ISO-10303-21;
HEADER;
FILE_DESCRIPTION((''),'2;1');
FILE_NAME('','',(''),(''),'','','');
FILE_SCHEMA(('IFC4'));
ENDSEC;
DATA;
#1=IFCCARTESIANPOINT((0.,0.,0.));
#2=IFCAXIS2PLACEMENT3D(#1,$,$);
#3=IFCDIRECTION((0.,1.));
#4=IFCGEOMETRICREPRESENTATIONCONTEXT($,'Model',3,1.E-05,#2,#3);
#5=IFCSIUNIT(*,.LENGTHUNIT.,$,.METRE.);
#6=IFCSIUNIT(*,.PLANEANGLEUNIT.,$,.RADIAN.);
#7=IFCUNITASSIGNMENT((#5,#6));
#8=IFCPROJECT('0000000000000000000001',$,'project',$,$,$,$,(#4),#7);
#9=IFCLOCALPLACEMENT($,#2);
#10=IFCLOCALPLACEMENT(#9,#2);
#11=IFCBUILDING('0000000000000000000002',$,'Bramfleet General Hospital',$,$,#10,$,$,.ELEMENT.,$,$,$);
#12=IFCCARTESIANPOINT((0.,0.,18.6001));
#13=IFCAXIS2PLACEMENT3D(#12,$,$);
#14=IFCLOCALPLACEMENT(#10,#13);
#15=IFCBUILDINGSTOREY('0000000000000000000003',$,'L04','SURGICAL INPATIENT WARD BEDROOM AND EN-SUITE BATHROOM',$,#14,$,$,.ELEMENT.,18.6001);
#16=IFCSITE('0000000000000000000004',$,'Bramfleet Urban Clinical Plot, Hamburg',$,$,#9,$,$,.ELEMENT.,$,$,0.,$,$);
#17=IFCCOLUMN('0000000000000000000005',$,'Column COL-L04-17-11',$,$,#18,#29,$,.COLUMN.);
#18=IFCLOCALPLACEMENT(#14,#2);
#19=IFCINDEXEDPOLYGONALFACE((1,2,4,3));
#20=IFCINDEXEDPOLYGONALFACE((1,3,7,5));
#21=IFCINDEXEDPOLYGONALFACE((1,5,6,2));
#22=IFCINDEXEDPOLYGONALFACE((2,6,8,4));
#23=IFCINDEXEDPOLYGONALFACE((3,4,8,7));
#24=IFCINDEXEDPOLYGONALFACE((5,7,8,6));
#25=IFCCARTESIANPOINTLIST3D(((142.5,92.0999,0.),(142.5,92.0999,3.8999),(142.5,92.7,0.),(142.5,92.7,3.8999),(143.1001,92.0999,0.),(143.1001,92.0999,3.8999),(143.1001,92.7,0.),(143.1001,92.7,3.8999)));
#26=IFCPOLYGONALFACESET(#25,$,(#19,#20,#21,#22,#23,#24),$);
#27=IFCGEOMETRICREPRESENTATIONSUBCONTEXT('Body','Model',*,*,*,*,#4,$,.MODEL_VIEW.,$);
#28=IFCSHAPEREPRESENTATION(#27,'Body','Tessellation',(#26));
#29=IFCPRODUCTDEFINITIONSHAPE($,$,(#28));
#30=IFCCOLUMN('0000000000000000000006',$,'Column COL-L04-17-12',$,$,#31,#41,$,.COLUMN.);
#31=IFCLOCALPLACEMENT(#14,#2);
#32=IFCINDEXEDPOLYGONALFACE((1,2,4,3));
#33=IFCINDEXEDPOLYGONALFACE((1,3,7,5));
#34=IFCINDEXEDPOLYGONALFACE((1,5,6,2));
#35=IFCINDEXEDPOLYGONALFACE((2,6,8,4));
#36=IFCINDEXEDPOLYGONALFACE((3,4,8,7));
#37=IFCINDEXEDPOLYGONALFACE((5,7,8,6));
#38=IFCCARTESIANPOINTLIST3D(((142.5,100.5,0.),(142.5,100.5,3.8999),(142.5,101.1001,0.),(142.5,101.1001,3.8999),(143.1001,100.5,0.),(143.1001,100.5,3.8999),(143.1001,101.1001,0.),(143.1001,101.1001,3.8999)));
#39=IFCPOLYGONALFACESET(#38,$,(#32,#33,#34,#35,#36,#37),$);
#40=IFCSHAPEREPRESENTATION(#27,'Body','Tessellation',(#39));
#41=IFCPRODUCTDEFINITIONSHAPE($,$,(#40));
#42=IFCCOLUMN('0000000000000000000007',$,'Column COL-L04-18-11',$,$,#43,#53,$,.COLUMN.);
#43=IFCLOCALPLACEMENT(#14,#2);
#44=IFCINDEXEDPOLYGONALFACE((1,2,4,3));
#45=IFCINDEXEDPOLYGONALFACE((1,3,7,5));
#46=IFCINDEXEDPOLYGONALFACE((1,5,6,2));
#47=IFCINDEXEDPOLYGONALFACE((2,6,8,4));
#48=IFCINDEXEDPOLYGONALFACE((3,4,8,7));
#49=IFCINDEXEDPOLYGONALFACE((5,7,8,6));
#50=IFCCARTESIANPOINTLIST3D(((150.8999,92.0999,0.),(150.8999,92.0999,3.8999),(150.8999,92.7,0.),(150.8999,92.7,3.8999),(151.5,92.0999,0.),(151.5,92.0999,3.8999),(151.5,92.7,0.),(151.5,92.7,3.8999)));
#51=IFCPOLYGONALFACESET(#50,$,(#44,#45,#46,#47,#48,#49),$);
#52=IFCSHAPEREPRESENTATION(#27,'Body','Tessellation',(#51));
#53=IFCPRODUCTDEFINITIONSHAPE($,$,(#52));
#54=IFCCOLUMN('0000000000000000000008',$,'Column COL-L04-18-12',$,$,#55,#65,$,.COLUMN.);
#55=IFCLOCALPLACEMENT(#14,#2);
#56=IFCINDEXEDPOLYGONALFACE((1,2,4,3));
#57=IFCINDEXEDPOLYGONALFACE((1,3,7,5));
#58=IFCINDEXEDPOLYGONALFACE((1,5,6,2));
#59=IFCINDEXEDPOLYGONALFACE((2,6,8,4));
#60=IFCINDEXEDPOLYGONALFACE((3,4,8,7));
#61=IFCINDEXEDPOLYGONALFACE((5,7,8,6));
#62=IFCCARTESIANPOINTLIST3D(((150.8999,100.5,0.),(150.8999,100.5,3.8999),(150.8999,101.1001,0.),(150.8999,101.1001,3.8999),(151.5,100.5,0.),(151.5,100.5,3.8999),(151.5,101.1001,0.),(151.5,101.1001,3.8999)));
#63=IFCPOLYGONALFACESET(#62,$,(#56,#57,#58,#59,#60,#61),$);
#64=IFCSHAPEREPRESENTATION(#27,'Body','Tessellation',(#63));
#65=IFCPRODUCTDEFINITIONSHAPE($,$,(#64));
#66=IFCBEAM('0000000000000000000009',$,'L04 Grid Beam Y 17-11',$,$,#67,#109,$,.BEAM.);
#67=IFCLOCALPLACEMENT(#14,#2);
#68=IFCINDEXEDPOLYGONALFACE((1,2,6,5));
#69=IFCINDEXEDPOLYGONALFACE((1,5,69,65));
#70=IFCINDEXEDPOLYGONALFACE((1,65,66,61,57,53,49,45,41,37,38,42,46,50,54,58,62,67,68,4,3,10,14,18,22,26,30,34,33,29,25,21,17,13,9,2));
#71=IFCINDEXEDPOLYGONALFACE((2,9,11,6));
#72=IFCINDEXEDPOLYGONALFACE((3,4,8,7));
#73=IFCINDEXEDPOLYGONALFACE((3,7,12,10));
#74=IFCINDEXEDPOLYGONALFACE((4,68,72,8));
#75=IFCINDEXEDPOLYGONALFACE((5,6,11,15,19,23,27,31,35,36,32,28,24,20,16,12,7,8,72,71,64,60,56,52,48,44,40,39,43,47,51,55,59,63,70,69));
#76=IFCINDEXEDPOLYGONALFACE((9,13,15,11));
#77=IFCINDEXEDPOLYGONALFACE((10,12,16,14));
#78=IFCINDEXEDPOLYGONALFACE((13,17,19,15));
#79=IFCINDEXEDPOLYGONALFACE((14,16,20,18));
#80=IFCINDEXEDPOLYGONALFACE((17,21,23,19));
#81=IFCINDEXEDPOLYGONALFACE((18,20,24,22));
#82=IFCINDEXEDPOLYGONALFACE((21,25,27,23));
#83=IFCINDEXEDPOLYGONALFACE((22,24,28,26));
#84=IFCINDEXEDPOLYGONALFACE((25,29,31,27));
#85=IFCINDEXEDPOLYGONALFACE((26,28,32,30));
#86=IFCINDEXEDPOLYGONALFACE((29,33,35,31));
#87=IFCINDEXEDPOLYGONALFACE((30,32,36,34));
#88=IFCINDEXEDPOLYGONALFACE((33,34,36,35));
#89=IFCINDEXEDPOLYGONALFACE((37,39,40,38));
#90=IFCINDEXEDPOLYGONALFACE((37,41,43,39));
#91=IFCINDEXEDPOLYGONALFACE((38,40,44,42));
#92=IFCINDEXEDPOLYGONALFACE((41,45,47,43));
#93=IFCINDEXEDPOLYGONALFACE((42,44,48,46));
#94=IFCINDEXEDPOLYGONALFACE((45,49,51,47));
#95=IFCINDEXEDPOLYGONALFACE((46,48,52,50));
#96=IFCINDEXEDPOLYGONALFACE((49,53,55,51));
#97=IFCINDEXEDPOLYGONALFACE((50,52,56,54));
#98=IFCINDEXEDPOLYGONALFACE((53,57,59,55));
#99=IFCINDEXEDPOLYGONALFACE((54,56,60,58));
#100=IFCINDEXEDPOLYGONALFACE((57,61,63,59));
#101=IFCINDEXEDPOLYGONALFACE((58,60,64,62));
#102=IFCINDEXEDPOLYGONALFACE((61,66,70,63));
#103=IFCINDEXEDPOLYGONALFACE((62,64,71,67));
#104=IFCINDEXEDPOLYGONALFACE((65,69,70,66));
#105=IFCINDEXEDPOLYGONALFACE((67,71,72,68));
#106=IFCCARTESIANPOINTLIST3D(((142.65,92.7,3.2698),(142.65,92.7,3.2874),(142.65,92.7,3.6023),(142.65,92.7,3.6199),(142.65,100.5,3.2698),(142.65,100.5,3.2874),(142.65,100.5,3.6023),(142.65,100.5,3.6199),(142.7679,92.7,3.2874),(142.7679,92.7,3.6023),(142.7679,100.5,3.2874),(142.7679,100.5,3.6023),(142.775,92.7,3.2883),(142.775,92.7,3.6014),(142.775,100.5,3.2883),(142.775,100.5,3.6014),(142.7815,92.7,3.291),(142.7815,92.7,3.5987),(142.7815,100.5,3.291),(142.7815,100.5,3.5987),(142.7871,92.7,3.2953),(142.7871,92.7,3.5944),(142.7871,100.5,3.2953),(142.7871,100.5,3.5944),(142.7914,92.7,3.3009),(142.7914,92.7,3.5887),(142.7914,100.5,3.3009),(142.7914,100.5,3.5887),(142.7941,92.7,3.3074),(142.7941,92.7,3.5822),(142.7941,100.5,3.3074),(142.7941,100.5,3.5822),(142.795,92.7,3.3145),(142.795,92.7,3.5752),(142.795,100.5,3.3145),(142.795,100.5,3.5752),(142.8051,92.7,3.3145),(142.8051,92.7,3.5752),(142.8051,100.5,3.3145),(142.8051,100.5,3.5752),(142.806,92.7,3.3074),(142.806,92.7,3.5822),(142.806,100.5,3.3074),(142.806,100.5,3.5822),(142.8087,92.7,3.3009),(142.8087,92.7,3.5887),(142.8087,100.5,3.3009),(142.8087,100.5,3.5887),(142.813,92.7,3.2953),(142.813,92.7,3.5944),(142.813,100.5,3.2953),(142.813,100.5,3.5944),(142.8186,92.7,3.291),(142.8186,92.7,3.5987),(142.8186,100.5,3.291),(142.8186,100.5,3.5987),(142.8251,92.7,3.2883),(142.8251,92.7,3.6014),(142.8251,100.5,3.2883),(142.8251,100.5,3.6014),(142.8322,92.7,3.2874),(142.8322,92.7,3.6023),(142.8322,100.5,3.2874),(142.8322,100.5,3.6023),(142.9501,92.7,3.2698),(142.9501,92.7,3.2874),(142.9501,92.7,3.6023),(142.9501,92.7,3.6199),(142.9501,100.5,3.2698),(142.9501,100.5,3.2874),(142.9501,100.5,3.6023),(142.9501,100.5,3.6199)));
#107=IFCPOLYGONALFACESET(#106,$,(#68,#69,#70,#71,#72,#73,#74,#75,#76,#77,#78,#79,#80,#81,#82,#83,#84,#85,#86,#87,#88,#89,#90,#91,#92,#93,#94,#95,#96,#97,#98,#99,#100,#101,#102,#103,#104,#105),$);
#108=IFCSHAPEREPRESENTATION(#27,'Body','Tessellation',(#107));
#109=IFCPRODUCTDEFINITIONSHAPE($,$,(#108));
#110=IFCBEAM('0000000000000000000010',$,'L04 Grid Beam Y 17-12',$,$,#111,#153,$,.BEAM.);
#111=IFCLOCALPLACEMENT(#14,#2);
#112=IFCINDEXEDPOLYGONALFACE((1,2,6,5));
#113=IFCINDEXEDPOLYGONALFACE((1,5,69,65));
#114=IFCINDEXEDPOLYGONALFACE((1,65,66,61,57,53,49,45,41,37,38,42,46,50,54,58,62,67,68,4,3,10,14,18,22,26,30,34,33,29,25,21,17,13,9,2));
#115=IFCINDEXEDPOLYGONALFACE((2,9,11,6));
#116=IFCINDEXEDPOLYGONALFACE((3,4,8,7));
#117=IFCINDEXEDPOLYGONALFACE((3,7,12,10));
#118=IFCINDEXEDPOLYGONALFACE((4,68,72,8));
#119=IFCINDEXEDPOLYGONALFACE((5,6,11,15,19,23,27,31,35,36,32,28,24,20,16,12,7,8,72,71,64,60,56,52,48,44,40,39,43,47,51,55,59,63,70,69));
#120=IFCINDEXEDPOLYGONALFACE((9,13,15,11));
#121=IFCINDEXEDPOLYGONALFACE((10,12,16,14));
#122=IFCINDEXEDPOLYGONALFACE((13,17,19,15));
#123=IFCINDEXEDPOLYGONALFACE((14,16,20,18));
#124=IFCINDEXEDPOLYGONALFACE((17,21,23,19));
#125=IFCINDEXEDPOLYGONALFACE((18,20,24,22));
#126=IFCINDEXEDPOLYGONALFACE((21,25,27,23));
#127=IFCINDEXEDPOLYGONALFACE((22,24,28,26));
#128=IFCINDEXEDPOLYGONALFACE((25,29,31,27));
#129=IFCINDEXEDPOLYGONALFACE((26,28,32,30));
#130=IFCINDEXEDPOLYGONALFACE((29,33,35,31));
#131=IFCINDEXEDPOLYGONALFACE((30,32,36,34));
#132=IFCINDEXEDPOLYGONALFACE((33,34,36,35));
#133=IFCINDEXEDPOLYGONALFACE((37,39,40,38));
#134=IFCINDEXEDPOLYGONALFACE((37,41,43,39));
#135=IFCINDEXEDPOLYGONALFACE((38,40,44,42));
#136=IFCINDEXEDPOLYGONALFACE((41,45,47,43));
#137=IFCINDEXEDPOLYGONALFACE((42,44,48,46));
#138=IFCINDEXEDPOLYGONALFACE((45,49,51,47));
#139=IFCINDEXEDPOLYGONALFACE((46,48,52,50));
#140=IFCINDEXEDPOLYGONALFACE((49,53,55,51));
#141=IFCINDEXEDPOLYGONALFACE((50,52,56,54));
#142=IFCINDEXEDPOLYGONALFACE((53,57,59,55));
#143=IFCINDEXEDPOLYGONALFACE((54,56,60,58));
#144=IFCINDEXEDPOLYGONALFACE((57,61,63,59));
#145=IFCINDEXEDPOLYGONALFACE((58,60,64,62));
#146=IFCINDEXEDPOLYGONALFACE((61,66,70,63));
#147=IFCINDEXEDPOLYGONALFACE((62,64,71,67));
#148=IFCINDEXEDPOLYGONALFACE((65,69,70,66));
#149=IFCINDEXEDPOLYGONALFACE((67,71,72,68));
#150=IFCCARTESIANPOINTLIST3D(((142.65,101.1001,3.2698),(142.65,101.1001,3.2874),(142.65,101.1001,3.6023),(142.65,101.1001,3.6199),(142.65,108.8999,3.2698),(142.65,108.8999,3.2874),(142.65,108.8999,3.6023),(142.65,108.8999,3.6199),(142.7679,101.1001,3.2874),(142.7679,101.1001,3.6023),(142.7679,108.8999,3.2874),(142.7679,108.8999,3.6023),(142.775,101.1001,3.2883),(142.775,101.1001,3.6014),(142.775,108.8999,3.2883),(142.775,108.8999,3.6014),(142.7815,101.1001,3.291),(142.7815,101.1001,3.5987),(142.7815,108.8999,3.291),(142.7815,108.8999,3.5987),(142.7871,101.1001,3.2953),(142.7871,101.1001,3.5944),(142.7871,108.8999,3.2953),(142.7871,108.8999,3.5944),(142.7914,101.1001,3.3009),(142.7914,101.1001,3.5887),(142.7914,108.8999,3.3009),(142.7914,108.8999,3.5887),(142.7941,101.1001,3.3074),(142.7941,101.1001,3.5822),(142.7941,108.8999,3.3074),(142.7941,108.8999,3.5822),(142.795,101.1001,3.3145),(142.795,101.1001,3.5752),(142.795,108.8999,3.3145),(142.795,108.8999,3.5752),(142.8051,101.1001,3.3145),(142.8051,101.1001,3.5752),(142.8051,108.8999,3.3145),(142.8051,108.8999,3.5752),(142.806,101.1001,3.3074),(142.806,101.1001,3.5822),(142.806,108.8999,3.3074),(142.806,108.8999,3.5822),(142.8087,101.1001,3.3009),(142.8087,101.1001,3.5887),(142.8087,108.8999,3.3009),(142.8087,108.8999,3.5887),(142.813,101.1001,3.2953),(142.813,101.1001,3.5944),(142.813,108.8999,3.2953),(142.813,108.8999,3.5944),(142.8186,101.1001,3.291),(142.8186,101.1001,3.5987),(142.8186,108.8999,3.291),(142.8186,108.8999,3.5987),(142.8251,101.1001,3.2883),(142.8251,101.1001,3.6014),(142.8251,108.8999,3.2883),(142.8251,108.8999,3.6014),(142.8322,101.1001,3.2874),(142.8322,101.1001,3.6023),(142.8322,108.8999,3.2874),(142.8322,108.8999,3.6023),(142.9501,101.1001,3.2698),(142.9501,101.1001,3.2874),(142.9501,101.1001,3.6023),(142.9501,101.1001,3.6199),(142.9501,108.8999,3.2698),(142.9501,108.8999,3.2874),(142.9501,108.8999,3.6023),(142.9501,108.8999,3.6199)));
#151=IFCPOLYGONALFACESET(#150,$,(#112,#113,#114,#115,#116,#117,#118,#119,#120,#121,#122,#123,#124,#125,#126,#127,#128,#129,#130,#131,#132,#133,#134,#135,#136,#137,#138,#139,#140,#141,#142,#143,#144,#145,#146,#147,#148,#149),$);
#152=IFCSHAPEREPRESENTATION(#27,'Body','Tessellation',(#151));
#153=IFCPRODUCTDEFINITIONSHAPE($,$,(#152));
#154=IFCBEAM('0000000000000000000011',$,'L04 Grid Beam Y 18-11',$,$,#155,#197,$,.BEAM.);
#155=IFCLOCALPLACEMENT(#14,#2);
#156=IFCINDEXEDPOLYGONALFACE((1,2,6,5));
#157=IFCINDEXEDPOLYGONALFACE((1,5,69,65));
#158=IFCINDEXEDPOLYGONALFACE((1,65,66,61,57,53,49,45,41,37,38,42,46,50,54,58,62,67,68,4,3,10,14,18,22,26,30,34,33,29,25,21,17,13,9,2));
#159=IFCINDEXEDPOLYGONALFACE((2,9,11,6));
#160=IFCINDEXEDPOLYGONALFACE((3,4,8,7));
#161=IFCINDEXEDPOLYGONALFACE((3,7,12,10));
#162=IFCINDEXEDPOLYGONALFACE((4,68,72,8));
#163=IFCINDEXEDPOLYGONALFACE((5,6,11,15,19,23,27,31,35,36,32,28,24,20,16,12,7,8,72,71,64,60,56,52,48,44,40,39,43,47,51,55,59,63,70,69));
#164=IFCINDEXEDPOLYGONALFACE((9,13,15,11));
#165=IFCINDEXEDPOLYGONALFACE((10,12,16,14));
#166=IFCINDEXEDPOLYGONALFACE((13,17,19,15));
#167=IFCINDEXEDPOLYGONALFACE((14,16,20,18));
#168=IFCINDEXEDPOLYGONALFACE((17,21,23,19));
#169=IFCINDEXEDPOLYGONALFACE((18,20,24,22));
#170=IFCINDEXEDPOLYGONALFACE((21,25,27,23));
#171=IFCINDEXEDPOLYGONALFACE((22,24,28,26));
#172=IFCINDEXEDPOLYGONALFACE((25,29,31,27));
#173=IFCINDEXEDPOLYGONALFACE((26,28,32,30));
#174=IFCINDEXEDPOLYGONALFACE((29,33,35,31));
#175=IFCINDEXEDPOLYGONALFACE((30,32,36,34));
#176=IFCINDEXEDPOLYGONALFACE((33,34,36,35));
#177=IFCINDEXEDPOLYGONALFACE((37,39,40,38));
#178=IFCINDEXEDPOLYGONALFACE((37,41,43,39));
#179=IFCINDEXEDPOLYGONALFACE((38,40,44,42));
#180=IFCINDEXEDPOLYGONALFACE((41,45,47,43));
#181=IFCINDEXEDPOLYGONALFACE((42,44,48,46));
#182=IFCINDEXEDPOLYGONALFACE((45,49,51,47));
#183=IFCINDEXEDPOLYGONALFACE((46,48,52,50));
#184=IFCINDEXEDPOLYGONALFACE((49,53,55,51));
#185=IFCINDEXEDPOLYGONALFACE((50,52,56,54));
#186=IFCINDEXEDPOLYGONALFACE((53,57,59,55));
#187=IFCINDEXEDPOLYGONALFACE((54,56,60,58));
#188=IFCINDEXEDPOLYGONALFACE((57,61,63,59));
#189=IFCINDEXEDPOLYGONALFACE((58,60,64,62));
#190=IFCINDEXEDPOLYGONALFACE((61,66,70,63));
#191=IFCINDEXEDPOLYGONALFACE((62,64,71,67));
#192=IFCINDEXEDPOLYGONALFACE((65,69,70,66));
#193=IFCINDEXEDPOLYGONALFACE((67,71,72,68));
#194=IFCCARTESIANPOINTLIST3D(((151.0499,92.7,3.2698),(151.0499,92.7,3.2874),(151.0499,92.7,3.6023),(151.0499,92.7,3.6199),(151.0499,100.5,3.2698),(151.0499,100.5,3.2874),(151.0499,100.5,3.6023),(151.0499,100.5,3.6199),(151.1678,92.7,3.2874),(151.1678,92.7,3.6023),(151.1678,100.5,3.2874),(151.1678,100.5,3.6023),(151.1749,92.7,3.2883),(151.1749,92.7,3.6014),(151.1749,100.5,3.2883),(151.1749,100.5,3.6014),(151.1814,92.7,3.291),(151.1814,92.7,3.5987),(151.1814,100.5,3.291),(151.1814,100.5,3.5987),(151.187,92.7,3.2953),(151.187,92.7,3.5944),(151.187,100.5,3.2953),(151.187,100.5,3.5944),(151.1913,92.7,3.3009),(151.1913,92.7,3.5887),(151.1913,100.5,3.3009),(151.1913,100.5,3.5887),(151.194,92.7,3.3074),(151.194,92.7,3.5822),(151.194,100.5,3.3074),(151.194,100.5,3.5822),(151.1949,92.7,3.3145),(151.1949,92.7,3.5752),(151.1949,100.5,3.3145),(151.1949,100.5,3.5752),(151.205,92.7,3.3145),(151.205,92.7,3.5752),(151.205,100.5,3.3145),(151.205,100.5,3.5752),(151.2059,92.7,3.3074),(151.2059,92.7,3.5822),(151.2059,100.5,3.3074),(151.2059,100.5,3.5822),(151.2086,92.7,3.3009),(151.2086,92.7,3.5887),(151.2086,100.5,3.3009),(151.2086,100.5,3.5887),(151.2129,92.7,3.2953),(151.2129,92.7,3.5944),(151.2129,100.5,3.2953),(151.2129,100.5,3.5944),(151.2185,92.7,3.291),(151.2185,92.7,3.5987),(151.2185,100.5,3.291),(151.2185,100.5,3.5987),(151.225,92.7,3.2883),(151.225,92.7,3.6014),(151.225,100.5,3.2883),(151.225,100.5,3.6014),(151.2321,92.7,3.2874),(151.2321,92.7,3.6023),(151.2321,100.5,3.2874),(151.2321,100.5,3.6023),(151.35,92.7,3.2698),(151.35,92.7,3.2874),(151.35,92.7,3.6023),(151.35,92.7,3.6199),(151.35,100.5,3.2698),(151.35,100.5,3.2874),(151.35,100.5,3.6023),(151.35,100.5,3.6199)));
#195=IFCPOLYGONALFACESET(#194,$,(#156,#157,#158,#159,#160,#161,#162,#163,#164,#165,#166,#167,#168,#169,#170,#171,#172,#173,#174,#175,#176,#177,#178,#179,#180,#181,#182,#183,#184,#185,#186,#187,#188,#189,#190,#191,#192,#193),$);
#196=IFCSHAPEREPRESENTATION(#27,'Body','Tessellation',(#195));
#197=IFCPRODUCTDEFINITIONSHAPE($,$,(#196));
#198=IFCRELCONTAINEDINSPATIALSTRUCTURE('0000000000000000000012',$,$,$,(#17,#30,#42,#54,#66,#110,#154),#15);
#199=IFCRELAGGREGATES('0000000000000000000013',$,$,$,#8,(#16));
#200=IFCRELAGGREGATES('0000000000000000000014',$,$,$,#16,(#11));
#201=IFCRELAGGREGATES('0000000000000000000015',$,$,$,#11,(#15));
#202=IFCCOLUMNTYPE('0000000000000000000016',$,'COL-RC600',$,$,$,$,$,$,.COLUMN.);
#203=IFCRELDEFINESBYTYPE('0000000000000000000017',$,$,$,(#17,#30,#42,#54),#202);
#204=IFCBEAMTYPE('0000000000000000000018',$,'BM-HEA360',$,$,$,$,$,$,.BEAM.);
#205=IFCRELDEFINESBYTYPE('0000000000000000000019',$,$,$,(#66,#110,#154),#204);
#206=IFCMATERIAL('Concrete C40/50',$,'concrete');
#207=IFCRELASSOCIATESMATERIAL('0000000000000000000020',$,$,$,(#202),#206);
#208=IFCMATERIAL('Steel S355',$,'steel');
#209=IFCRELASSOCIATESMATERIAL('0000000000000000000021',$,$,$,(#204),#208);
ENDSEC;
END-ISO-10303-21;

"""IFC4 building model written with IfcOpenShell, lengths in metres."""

from ifc_helpers import new_model, si_unit, direction, frame, origin, origin_2d, place, context, subcontext, project, spatial, rectangle, i_section, extrude, material, material_profile, profile_set, type_object, element, save


model = new_model("IFC4")

# Units and contexts
model_context = context("Model", 3, precision=1e-05, world=origin(), true_north=direction((0.0, 1.0)))
body_context = subcontext(model_context, "Body", "Model", "MODEL_VIEW")
ifc_project = project(units=[si_unit("LENGTHUNIT", "METRE"), si_unit("PLANEANGLEUNIT", "RADIAN")], contexts=[model_context])

# Site, building, storey
site_placement = place(None, origin())
site = spatial("IfcSite", under=ifc_project, at=site_placement, Name="Bramfleet Urban Clinical Plot, Hamburg", CompositionType="ELEMENT", RefElevation=0.0)
building_placement = place(site_placement, origin())
building = spatial("IfcBuilding", under=site, at=building_placement, Name="Bramfleet General Hospital", CompositionType="ELEMENT")
storey_placement = place(building_placement, frame((0.0, 0.0, 18.6001)))
storey = spatial("IfcBuildingStorey", under=building, at=storey_placement, Name="L04", Description="SURGICAL INPATIENT WARD BEDROOM AND EN-SUITE BATHROOM", CompositionType="ELEMENT", Elevation=18.6001)

# Columns
ifc_material_1 = material(Name="Concrete C40/50", Category="concrete")
ifc_material_profile_1 = material_profile(ifc_material_1, rectangle(XDim=0.6001, YDim=0.6001, at=origin_2d()), Name="RC COL 600x600")
ifc_profile_set_1 = profile_set([ifc_material_profile_1], Name="Concrete C40/50")
column_type = type_object("IfcColumnType", Name="COL-RC600", PredefinedType="COLUMN", material=ifc_profile_set_1)
for number, where, z_axis, x_axis, name in (
    (1, (142.8, 92.3999, 0.0), (0.0, 0.0, 1.0), (1.0, 0.0, 0.0), "Column COL-L04-17-11"),
    (2, (142.8, 100.8, 0.0), (0.0, 0.0, 1.0), (1.0, 0.0, 0.0), "Column COL-L04-17-12"),
    (3, (151.2, 92.3999, 0.0), (0.0, 0.0, 1.0), (1.0, 0.0, 0.0), "Column COL-L04-18-11"),
    (4, (151.2, 100.8, 0.0), (0.0, 0.0, 1.0), (1.0, 0.0, 0.0), "Column COL-L04-18-12"),
):
    element("IfcColumn", number, at=place(storey_placement, frame(where, z_axis=z_axis, x_axis=x_axis)), inside=storey, type_object=column_type, Name=name, PredefinedType="COLUMN", context=body_context, shape_type="SweptSolid", body=[
        extrude(rectangle(XDim=0.6001, YDim=0.6001, at=origin_2d()), origin(), (0.0, 0.0, 1.0), 3.8999),
    ])

# Beams
ifc_material_2 = material(Name="Steel S355", Category="steel")
ifc_material_profile_2 = material_profile(ifc_material_2, i_section(OverallWidth=0.3, OverallDepth=0.3501, WebThickness=0.01, FlangeThickness=0.0176, FilletRadius=0.0271, at=origin_2d()), Name="HEA 360")
ifc_profile_set_2 = profile_set([ifc_material_profile_2], Name="Steel S355")
beam_type_1 = type_object("IfcBeamType", Name="BM-HEA360", PredefinedType="BEAM", material=ifc_profile_set_2)
beam_1_placement = place(storey_placement, frame((142.8, 92.7, 3.4448), z_axis=(0.0, 1.0, 0.0), x_axis=(-1.0, 0.0, 0.0)))
element("IfcBeam", 5, at=beam_1_placement, inside=storey, type_object=beam_type_1, Name="L04 Grid Beam Y 17-11", PredefinedType="BEAM", context=body_context, shape_type="SweptSolid", body=[
    extrude(i_section(OverallWidth=0.3, OverallDepth=0.3501, WebThickness=0.01, FlangeThickness=0.0176, FilletRadius=0.0271, at=origin_2d()), origin(), (0.0, 0.0, 1.0), 7.8),
])
beam_2_placement = place(storey_placement, frame((142.8, 101.1001, 3.4448), z_axis=(0.0, 1.0, 0.0), x_axis=(-1.0, 0.0, 0.0)))
element("IfcBeam", 6, at=beam_2_placement, inside=storey, type_object=beam_type_1, Name="L04 Grid Beam Y 17-12", PredefinedType="BEAM", context=body_context, shape_type="SweptSolid", body=[
    extrude(i_section(OverallWidth=0.3, OverallDepth=0.3501, WebThickness=0.01, FlangeThickness=0.0176, FilletRadius=0.0271, at=origin_2d()), origin(), (0.0, 0.0, 1.0), 7.7998),
])
beam_3_placement = place(storey_placement, frame((151.2, 92.7, 3.4448), z_axis=(0.0, 1.0, 0.0), x_axis=(-1.0, 0.0, 0.0)))
element("IfcBeam", 7, at=beam_3_placement, inside=storey, type_object=beam_type_1, Name="L04 Grid Beam Y 18-11", PredefinedType="BEAM", context=body_context, shape_type="SweptSolid", body=[
    extrude(i_section(OverallWidth=0.3, OverallDepth=0.3501, WebThickness=0.01, FlangeThickness=0.0176, FilletRadius=0.0271, at=origin_2d()), origin(), (0.0, 0.0, 1.0), 7.8),
])

save(model, "model.ifc")
